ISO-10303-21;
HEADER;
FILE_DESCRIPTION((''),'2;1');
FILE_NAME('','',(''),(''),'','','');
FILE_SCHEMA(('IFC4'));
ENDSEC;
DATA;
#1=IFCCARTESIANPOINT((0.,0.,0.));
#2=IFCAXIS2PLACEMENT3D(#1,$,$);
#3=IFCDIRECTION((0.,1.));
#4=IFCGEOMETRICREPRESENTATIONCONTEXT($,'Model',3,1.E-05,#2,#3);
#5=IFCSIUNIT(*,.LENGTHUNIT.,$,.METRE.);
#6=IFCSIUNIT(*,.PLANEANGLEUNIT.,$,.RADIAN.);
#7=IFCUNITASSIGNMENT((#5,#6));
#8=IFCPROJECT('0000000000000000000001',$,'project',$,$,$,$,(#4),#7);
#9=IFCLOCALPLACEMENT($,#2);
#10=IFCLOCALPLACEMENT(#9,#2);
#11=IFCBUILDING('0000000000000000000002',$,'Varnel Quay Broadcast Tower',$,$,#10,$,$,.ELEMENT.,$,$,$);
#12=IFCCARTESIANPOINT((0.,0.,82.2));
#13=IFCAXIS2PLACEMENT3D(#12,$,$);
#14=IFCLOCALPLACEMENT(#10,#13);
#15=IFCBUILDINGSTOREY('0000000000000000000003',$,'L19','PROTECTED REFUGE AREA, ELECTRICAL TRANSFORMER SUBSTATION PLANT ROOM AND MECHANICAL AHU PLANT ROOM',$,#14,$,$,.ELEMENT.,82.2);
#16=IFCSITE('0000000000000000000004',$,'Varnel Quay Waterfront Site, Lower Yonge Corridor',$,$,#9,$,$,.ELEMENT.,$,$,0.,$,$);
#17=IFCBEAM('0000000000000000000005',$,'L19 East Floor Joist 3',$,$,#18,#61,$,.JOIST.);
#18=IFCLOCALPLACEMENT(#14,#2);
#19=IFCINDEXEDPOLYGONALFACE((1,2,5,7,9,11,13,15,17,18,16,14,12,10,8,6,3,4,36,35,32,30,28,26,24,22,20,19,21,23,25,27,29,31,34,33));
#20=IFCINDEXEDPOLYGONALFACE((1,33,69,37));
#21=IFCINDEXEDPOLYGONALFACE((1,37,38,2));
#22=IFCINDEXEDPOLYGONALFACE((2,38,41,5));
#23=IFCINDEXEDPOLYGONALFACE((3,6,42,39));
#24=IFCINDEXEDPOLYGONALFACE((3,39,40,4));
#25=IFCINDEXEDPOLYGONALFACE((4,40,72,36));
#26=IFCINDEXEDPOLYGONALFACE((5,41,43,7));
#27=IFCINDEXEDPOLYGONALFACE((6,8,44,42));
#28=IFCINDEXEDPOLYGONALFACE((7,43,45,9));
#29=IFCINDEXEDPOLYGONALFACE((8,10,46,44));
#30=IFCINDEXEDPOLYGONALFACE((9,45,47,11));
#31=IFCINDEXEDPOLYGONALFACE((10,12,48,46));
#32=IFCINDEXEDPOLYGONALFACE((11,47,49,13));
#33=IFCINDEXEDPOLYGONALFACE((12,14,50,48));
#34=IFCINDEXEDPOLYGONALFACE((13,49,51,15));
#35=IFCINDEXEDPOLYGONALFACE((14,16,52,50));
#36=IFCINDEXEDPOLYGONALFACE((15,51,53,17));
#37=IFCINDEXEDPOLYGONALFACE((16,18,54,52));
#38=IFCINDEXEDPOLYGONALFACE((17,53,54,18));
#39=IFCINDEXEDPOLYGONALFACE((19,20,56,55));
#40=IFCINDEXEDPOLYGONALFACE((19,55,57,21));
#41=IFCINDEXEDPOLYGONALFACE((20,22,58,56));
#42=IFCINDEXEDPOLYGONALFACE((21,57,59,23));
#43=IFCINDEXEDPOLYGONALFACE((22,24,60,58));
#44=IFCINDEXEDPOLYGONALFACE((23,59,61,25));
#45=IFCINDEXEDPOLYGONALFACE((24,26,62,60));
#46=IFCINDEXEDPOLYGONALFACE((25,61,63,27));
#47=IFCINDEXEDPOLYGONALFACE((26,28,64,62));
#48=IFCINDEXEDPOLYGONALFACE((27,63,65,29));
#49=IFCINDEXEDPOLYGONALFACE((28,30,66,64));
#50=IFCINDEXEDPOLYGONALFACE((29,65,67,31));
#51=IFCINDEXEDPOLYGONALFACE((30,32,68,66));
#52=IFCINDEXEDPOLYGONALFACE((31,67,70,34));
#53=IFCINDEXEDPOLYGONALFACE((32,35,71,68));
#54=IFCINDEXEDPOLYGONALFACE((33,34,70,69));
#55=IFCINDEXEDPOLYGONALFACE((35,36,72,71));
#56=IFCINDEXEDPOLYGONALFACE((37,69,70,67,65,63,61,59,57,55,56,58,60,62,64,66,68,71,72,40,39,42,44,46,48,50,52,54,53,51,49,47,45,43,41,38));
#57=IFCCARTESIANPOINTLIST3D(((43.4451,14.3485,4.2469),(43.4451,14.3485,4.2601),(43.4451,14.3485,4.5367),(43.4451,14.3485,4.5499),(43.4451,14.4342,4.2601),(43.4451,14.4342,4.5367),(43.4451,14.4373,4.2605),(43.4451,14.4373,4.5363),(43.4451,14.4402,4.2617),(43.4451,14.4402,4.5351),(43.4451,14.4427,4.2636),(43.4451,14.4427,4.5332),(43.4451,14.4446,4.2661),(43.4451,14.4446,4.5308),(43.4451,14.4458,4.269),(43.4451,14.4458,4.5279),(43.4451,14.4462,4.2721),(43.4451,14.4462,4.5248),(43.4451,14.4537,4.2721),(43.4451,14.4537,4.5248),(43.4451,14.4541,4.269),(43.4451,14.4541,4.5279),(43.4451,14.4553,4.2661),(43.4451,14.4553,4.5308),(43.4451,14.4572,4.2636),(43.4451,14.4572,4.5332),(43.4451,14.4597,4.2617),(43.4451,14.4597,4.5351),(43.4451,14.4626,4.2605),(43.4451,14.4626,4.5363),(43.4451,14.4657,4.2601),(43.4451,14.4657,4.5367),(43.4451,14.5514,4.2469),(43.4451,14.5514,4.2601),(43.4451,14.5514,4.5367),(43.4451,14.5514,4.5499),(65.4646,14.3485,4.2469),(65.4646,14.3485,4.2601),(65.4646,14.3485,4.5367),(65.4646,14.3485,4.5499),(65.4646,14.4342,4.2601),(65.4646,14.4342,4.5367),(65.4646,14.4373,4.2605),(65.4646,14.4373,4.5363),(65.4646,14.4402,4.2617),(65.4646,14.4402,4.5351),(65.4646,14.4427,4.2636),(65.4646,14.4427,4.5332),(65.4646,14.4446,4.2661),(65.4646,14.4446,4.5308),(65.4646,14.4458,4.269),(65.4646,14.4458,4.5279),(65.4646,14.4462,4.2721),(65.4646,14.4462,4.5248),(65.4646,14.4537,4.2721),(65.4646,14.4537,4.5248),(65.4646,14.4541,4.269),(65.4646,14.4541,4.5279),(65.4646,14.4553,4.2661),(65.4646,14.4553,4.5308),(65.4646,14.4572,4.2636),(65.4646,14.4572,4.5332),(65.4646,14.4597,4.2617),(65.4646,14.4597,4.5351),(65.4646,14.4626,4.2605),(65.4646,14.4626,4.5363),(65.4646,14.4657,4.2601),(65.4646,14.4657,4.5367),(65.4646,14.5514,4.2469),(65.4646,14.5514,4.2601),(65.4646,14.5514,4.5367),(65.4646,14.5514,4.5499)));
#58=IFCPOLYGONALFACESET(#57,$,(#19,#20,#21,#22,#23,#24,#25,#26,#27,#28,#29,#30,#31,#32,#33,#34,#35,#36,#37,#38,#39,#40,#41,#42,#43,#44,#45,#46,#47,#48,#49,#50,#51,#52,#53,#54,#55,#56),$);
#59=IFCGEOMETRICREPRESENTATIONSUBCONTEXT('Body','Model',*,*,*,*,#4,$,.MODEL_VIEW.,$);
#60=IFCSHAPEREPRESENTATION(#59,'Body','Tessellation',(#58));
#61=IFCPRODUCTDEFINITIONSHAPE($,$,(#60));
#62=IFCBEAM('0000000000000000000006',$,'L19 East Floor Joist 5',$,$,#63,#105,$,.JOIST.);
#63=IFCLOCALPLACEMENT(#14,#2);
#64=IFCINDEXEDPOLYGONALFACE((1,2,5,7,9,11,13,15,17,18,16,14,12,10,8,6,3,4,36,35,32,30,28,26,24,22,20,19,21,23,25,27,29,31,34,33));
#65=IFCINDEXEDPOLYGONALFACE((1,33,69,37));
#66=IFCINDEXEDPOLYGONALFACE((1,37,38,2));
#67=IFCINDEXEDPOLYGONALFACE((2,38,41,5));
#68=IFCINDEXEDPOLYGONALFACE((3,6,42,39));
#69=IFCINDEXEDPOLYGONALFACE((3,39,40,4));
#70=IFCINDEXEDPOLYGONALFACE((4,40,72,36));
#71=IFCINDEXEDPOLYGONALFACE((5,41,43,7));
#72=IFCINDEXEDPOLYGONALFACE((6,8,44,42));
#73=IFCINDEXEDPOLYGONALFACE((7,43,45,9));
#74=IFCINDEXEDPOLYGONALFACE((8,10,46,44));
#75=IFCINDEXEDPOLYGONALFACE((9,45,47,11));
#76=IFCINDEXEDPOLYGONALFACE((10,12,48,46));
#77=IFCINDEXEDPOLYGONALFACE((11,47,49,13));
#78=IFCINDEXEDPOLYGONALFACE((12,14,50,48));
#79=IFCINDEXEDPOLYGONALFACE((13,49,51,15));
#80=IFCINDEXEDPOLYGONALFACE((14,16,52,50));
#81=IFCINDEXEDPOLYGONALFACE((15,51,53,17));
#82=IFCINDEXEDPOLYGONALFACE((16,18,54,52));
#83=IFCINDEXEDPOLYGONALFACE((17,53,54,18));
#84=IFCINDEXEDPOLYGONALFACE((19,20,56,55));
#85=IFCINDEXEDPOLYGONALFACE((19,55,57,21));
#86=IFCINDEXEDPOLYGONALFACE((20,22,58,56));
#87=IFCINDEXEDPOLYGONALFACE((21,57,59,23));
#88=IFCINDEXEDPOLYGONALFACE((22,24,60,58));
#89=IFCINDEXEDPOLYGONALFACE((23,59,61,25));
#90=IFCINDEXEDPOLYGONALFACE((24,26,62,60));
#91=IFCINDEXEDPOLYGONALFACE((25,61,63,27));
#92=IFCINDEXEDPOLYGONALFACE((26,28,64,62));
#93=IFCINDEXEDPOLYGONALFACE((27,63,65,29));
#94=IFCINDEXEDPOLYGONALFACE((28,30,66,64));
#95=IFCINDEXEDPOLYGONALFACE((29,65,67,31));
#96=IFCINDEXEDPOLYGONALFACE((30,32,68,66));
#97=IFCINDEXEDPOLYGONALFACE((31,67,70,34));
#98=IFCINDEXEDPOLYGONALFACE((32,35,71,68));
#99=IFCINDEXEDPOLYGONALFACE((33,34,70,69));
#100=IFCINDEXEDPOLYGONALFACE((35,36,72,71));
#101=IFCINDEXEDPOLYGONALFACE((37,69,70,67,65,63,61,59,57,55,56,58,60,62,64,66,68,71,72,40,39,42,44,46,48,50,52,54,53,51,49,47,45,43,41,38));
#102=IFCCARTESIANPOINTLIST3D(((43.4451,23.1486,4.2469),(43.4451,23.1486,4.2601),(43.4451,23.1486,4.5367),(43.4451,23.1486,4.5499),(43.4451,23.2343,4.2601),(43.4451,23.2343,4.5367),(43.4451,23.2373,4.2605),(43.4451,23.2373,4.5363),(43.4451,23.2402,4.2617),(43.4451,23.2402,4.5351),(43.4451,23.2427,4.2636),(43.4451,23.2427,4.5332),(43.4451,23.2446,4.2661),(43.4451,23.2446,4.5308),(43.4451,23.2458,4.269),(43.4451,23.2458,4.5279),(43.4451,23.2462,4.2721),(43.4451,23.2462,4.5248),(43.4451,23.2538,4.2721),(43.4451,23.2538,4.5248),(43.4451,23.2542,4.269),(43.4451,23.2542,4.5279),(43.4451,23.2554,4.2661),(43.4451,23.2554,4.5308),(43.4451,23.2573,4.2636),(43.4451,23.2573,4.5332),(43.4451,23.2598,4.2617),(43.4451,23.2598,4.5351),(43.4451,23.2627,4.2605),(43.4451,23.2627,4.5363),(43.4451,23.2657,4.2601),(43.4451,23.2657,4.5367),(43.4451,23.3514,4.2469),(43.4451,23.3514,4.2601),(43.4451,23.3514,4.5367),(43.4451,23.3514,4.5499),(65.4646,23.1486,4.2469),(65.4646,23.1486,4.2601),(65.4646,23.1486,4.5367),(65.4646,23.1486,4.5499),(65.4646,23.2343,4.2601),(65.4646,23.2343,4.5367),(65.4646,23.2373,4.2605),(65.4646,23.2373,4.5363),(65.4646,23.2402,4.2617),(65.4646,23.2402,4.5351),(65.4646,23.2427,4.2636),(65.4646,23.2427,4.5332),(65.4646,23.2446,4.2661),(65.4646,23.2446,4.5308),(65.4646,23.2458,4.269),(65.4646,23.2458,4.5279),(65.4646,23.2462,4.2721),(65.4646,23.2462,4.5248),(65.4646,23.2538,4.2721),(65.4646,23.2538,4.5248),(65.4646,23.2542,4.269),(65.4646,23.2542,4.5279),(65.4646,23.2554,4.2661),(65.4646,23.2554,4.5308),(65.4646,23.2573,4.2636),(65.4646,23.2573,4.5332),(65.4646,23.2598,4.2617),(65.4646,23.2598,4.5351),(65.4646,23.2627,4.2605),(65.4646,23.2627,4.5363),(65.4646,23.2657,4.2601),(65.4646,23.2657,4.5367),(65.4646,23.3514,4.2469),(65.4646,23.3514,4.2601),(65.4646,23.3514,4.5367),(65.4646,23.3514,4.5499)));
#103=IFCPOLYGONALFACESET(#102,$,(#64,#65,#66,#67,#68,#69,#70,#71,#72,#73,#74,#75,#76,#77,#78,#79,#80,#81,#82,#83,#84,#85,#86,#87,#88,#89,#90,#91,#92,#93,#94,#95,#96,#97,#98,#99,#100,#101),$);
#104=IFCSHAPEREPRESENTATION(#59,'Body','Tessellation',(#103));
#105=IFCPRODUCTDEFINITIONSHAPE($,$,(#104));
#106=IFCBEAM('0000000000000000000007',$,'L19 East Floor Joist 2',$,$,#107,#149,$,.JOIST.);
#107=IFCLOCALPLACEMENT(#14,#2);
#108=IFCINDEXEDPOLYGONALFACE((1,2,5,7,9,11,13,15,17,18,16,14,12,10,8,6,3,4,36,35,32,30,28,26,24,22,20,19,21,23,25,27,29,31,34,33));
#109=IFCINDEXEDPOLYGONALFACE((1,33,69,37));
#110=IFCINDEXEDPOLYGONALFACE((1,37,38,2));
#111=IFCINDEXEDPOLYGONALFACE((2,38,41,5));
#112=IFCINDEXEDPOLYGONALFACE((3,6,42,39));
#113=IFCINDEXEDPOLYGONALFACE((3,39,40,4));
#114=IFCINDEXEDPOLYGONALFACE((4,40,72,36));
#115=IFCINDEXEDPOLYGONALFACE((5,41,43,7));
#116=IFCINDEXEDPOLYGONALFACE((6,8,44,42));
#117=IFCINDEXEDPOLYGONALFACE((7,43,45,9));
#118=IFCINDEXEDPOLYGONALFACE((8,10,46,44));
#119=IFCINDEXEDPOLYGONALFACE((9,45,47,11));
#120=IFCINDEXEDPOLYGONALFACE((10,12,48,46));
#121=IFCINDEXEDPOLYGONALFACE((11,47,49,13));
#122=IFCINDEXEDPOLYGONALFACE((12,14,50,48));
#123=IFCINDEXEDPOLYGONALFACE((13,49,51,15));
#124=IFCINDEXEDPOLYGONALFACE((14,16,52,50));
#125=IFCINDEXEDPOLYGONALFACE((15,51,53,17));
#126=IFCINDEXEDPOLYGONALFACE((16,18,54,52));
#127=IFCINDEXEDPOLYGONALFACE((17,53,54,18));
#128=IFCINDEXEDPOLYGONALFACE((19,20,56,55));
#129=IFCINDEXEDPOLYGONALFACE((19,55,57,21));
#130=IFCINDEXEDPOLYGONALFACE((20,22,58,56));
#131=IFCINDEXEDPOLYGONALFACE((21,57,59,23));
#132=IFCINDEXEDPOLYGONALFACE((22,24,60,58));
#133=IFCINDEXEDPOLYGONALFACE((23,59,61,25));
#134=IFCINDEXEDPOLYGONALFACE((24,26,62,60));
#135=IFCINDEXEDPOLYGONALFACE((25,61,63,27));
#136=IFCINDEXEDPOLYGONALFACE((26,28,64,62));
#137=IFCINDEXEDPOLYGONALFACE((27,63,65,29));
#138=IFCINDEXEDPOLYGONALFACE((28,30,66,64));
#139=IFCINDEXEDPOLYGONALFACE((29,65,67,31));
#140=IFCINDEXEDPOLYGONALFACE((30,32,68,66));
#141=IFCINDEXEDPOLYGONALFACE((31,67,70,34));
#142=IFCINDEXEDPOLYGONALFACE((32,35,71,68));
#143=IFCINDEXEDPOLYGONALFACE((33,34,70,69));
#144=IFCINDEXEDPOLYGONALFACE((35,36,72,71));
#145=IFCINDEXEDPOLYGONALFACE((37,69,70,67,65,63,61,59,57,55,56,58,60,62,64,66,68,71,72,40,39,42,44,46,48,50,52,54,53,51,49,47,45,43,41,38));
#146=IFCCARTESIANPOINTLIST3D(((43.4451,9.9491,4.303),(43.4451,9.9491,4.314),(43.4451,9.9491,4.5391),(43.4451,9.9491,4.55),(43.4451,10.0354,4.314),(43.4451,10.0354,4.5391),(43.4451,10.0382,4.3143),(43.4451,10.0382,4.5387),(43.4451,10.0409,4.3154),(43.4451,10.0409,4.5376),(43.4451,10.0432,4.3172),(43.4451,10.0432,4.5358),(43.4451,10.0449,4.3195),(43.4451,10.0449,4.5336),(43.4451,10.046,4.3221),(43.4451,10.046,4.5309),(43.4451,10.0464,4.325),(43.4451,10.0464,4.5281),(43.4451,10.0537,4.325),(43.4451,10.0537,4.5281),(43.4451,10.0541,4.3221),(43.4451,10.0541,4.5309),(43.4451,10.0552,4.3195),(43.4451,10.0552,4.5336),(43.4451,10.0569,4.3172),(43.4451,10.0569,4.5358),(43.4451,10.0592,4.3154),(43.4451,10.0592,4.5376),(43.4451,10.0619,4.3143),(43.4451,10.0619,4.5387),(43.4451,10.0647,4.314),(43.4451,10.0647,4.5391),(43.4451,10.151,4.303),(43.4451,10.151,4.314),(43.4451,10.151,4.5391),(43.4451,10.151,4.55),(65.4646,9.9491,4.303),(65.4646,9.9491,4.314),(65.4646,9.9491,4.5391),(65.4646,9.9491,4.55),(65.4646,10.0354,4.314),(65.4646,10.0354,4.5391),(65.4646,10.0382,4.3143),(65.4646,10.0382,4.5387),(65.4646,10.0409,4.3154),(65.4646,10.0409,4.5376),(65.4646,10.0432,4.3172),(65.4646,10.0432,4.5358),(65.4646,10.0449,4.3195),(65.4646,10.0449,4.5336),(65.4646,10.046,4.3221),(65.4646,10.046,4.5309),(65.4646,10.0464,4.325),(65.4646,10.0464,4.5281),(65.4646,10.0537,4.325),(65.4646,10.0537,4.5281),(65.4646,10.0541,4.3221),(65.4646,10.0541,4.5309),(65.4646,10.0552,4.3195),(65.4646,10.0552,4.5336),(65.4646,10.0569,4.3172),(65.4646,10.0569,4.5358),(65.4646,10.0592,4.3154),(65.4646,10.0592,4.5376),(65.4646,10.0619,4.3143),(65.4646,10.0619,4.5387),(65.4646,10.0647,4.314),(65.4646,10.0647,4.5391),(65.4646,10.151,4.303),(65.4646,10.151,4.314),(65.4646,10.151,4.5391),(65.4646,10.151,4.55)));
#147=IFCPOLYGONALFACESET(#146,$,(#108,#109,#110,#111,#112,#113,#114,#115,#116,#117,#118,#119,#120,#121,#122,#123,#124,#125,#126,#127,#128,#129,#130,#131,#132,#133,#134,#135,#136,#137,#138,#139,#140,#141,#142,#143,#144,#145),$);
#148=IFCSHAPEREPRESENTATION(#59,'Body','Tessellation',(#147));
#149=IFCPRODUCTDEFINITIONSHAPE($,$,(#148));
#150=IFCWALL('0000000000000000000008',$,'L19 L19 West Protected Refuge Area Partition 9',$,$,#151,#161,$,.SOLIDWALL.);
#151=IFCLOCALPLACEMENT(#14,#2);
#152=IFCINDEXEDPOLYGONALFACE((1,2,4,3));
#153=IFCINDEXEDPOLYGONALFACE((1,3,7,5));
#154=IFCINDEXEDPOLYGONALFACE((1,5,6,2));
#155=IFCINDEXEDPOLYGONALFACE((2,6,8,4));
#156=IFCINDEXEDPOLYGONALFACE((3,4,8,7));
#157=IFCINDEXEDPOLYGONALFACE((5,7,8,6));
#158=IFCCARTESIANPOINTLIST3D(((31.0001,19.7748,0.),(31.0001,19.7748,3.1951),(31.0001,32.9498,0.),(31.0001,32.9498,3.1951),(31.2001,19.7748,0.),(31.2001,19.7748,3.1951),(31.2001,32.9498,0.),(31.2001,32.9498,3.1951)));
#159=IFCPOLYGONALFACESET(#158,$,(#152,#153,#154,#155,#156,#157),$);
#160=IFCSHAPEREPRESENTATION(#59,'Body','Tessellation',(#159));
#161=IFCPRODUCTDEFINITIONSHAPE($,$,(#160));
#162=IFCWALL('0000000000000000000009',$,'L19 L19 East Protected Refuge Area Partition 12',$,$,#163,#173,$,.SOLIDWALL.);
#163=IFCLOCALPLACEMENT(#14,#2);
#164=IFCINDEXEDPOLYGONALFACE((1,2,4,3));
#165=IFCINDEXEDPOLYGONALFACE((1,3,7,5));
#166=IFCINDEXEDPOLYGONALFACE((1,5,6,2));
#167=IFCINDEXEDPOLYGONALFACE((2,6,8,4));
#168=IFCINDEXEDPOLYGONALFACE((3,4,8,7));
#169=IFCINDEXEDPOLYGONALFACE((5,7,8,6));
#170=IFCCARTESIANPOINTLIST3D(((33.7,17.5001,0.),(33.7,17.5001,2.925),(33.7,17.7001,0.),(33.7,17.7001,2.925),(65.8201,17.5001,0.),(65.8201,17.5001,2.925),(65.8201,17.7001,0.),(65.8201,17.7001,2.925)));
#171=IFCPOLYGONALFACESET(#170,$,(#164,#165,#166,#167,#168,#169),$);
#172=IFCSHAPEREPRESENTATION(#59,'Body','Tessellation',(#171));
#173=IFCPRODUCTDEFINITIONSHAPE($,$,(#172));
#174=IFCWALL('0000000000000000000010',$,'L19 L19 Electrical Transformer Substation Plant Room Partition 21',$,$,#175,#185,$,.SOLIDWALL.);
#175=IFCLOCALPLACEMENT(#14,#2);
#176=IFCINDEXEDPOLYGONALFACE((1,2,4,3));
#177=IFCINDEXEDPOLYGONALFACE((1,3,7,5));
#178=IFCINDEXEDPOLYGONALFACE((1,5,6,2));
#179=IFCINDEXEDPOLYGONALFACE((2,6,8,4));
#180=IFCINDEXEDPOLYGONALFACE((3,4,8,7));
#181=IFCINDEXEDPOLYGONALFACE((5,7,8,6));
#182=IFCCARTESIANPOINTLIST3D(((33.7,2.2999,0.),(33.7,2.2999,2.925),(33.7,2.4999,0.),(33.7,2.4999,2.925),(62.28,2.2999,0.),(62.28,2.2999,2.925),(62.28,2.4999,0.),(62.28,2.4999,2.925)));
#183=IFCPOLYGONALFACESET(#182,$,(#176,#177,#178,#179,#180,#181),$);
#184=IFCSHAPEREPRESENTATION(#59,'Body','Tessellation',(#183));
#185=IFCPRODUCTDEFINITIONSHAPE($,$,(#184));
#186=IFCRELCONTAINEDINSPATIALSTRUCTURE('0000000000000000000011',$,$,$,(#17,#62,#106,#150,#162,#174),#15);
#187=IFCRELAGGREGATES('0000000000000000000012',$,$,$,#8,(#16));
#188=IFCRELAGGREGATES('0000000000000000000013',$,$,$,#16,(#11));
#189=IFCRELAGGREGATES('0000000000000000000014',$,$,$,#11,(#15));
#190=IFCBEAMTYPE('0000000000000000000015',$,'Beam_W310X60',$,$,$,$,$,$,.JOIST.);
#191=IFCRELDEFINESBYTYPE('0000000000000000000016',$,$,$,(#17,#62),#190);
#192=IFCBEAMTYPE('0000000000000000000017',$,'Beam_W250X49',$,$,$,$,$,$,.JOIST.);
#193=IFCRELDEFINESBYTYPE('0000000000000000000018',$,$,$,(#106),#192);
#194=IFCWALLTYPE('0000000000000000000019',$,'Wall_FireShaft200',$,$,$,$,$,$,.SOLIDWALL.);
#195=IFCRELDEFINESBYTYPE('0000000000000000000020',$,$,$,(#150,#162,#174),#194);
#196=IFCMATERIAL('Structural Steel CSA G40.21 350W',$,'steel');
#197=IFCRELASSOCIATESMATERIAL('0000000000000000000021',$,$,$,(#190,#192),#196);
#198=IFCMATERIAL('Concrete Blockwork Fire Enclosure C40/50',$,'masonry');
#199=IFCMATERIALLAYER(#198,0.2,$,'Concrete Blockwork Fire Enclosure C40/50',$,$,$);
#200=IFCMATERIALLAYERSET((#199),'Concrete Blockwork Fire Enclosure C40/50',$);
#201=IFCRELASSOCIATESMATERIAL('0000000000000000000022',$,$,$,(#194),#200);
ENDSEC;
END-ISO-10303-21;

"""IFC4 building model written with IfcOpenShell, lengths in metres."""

from ifc_helpers import new_model, si_unit, direction, frame, frame_2d, origin, origin_2d, place, context, subcontext, project, spatial, rectangle, i_section, extrude, source, transform, mapped, material, layer, layer_set, material_profile, profile_set, type_object, type_shapes, element, save


model = new_model("IFC4")

# Units and contexts
model_context = context("Model", 3, precision=1e-05, world=origin(), true_north=direction((0.0, 1.0)))
body_context = subcontext(model_context, "Body", "Model", "MODEL_VIEW")
ifc_project = project(units=[si_unit("LENGTHUNIT", "METRE"), si_unit("PLANEANGLEUNIT", "RADIAN")], contexts=[model_context])

# Site, building, storey
site_placement = place(None, origin())
site = spatial("IfcSite", under=ifc_project, at=site_placement, Name="Varnel Quay Waterfront Site, Lower Yonge Corridor", CompositionType="ELEMENT", RefElevation=0.0)
building_placement = place(site_placement, origin())
building = spatial("IfcBuilding", under=site, at=building_placement, Name="Varnel Quay Broadcast Tower", CompositionType="ELEMENT")
storey_placement = place(building_placement, frame((0.0, 0.0, 82.2)))
storey = spatial("IfcBuildingStorey", under=building, at=storey_placement, Name="L19", Description="PROTECTED REFUGE AREA, ELECTRICAL TRANSFORMER SUBSTATION PLANT ROOM AND MECHANICAL AHU PLANT ROOM", CompositionType="ELEMENT", Elevation=82.2)

# Beams
ifc_material_1 = material(Name="Structural Steel CSA G40.21 350W", Category="steel")
ifc_material_profile_1 = material_profile(ifc_material_1, i_section(OverallWidth=0.2029, OverallDepth=0.303, WebThickness=0.0076, FlangeThickness=0.0132, FilletRadius=0.012, at=origin_2d()), Name="W310X60")
ifc_profile_set_1 = profile_set([ifc_material_profile_1], Name="Structural Steel CSA G40.21 350W")
beam_type_1 = type_object("IfcBeamType", Name="Beam_W310X60", PredefinedType="JOIST", material=ifc_profile_set_1)
shared_shape_1 = source(origin(), body_context, "Body", "SweptSolid", [
    extrude(i_section(OverallWidth=0.2029, OverallDepth=0.303, WebThickness=0.0076, FlangeThickness=0.0132, FilletRadius=0.012, at=origin_2d()), origin(), (0.0, 0.0, 1.0), 22.0195),
])
type_shapes(beam_type_1, [shared_shape_1])
for number, where, z_axis, x_axis, name in (
    (1, (43.4451, 14.45, 4.3984), (1.0, 0.0, 0.0), (0.0, 1.0, 0.0), "L19 East Floor Joist 3"),
    (2, (43.4451, 23.25, 4.3984), (1.0, 0.0, 0.0), (0.0, 1.0, 0.0), "L19 East Floor Joist 5"),
):
    element("IfcBeam", number, at=place(storey_placement, frame(where, z_axis=z_axis, x_axis=x_axis)), inside=storey, type_object=beam_type_1, Name=name, PredefinedType="JOIST", context=body_context, shape_type="MappedRepresentation", body=[
        mapped(shared_shape_1, transform((0.0, 0.0, 0.0), x_axis=(1.0, 0.0, 0.0), y_axis=(0.0, 1.0, 0.0), z_axis=(0.0, 0.0, 1.0), scale=1.0)),
    ])
ifc_material_profile_2 = material_profile(ifc_material_1, i_section(OverallWidth=0.2019, OverallDepth=0.2471, WebThickness=0.0073, FlangeThickness=0.011, FilletRadius=0.011, at=origin_2d()), Name="W250X49")
ifc_profile_set_2 = profile_set([ifc_material_profile_2], Name="Structural Steel CSA G40.21 350W")
beam_type_2 = type_object("IfcBeamType", Name="Beam_W250X49", PredefinedType="JOIST", material=ifc_profile_set_2)
shared_shape_2 = source(origin(), body_context, "Body", "SweptSolid", [
    extrude(i_section(OverallWidth=0.2019, OverallDepth=0.2471, WebThickness=0.0073, FlangeThickness=0.011, FilletRadius=0.011, at=origin_2d()), origin(), (0.0, 0.0, 1.0), 22.0195),
])
type_shapes(beam_type_2, [shared_shape_2])
beam_1_placement = place(storey_placement, frame((43.4451, 10.05, 4.4265), z_axis=(1.0, 0.0, 0.0), x_axis=(0.0, 1.0, 0.0)))
element("IfcBeam", 3, at=beam_1_placement, inside=storey, type_object=beam_type_2, Name="L19 East Floor Joist 2", PredefinedType="JOIST", context=body_context, shape_type="MappedRepresentation", body=[
    mapped(shared_shape_2, transform((0.0, 0.0, 0.0), x_axis=(1.0, 0.0, 0.0), y_axis=(0.0, 1.0, 0.0), z_axis=(0.0, 0.0, 1.0), scale=1.0)),
])

# Walls
ifc_material_2 = material(Name="Concrete Blockwork Fire Enclosure C40/50", Category="masonry")
ifc_layer = layer(ifc_material_2, 0.2, Name="Concrete Blockwork Fire Enclosure C40/50")
ifc_layer_set = layer_set([ifc_layer], Name="Concrete Blockwork Fire Enclosure C40/50")
wall_type = type_object("IfcWallType", Name="Wall_FireShaft200", PredefinedType="SOLIDWALL", material=ifc_layer_set)
wall_1_placement = place(storey_placement, frame((31.1001, 19.7749, 0.0), z_axis=(0.0, 0.0, 1.0), x_axis=(0.0, 1.0, 0.0)))
element("IfcWall", 4, at=wall_1_placement, inside=storey, type_object=wall_type, Name="L19 L19 West Protected Refuge Area Partition 9", PredefinedType="SOLIDWALL", context=body_context, shape_type="SweptSolid", body=[
    extrude(rectangle(XDim=13.175, YDim=0.2, at=frame_2d((6.5874, 0.0))), origin(), (0.0, 0.0, 1.0), 3.1951),
])
wall_2_placement = place(storey_placement, frame((33.7, 17.6001, 0.0), z_axis=(0.0, 0.0, 1.0), x_axis=(1.0, 0.0, 0.0)))
element("IfcWall", 5, at=wall_2_placement, inside=storey, type_object=wall_type, Name="L19 L19 East Protected Refuge Area Partition 12", PredefinedType="SOLIDWALL", context=body_context, shape_type="SweptSolid", body=[
    extrude(rectangle(XDim=32.1201, YDim=0.2, at=frame_2d((16.0601, 0.0))), origin(), (0.0, 0.0, 1.0), 2.925),
])
wall_3_placement = place(storey_placement, frame((33.7, 2.3999, 0.0), z_axis=(0.0, 0.0, 1.0), x_axis=(1.0, 0.0, 0.0)))
element("IfcWall", 6, at=wall_3_placement, inside=storey, type_object=wall_type, Name="L19 L19 Electrical Transformer Substation Plant Room Partition 21", PredefinedType="SOLIDWALL", context=body_context, shape_type="SweptSolid", body=[
    extrude(rectangle(XDim=28.5801, YDim=0.2, at=frame_2d((14.29, 0.0))), origin(), (0.0, 0.0, 1.0), 2.925),
])

save(model, "model.ifc")
